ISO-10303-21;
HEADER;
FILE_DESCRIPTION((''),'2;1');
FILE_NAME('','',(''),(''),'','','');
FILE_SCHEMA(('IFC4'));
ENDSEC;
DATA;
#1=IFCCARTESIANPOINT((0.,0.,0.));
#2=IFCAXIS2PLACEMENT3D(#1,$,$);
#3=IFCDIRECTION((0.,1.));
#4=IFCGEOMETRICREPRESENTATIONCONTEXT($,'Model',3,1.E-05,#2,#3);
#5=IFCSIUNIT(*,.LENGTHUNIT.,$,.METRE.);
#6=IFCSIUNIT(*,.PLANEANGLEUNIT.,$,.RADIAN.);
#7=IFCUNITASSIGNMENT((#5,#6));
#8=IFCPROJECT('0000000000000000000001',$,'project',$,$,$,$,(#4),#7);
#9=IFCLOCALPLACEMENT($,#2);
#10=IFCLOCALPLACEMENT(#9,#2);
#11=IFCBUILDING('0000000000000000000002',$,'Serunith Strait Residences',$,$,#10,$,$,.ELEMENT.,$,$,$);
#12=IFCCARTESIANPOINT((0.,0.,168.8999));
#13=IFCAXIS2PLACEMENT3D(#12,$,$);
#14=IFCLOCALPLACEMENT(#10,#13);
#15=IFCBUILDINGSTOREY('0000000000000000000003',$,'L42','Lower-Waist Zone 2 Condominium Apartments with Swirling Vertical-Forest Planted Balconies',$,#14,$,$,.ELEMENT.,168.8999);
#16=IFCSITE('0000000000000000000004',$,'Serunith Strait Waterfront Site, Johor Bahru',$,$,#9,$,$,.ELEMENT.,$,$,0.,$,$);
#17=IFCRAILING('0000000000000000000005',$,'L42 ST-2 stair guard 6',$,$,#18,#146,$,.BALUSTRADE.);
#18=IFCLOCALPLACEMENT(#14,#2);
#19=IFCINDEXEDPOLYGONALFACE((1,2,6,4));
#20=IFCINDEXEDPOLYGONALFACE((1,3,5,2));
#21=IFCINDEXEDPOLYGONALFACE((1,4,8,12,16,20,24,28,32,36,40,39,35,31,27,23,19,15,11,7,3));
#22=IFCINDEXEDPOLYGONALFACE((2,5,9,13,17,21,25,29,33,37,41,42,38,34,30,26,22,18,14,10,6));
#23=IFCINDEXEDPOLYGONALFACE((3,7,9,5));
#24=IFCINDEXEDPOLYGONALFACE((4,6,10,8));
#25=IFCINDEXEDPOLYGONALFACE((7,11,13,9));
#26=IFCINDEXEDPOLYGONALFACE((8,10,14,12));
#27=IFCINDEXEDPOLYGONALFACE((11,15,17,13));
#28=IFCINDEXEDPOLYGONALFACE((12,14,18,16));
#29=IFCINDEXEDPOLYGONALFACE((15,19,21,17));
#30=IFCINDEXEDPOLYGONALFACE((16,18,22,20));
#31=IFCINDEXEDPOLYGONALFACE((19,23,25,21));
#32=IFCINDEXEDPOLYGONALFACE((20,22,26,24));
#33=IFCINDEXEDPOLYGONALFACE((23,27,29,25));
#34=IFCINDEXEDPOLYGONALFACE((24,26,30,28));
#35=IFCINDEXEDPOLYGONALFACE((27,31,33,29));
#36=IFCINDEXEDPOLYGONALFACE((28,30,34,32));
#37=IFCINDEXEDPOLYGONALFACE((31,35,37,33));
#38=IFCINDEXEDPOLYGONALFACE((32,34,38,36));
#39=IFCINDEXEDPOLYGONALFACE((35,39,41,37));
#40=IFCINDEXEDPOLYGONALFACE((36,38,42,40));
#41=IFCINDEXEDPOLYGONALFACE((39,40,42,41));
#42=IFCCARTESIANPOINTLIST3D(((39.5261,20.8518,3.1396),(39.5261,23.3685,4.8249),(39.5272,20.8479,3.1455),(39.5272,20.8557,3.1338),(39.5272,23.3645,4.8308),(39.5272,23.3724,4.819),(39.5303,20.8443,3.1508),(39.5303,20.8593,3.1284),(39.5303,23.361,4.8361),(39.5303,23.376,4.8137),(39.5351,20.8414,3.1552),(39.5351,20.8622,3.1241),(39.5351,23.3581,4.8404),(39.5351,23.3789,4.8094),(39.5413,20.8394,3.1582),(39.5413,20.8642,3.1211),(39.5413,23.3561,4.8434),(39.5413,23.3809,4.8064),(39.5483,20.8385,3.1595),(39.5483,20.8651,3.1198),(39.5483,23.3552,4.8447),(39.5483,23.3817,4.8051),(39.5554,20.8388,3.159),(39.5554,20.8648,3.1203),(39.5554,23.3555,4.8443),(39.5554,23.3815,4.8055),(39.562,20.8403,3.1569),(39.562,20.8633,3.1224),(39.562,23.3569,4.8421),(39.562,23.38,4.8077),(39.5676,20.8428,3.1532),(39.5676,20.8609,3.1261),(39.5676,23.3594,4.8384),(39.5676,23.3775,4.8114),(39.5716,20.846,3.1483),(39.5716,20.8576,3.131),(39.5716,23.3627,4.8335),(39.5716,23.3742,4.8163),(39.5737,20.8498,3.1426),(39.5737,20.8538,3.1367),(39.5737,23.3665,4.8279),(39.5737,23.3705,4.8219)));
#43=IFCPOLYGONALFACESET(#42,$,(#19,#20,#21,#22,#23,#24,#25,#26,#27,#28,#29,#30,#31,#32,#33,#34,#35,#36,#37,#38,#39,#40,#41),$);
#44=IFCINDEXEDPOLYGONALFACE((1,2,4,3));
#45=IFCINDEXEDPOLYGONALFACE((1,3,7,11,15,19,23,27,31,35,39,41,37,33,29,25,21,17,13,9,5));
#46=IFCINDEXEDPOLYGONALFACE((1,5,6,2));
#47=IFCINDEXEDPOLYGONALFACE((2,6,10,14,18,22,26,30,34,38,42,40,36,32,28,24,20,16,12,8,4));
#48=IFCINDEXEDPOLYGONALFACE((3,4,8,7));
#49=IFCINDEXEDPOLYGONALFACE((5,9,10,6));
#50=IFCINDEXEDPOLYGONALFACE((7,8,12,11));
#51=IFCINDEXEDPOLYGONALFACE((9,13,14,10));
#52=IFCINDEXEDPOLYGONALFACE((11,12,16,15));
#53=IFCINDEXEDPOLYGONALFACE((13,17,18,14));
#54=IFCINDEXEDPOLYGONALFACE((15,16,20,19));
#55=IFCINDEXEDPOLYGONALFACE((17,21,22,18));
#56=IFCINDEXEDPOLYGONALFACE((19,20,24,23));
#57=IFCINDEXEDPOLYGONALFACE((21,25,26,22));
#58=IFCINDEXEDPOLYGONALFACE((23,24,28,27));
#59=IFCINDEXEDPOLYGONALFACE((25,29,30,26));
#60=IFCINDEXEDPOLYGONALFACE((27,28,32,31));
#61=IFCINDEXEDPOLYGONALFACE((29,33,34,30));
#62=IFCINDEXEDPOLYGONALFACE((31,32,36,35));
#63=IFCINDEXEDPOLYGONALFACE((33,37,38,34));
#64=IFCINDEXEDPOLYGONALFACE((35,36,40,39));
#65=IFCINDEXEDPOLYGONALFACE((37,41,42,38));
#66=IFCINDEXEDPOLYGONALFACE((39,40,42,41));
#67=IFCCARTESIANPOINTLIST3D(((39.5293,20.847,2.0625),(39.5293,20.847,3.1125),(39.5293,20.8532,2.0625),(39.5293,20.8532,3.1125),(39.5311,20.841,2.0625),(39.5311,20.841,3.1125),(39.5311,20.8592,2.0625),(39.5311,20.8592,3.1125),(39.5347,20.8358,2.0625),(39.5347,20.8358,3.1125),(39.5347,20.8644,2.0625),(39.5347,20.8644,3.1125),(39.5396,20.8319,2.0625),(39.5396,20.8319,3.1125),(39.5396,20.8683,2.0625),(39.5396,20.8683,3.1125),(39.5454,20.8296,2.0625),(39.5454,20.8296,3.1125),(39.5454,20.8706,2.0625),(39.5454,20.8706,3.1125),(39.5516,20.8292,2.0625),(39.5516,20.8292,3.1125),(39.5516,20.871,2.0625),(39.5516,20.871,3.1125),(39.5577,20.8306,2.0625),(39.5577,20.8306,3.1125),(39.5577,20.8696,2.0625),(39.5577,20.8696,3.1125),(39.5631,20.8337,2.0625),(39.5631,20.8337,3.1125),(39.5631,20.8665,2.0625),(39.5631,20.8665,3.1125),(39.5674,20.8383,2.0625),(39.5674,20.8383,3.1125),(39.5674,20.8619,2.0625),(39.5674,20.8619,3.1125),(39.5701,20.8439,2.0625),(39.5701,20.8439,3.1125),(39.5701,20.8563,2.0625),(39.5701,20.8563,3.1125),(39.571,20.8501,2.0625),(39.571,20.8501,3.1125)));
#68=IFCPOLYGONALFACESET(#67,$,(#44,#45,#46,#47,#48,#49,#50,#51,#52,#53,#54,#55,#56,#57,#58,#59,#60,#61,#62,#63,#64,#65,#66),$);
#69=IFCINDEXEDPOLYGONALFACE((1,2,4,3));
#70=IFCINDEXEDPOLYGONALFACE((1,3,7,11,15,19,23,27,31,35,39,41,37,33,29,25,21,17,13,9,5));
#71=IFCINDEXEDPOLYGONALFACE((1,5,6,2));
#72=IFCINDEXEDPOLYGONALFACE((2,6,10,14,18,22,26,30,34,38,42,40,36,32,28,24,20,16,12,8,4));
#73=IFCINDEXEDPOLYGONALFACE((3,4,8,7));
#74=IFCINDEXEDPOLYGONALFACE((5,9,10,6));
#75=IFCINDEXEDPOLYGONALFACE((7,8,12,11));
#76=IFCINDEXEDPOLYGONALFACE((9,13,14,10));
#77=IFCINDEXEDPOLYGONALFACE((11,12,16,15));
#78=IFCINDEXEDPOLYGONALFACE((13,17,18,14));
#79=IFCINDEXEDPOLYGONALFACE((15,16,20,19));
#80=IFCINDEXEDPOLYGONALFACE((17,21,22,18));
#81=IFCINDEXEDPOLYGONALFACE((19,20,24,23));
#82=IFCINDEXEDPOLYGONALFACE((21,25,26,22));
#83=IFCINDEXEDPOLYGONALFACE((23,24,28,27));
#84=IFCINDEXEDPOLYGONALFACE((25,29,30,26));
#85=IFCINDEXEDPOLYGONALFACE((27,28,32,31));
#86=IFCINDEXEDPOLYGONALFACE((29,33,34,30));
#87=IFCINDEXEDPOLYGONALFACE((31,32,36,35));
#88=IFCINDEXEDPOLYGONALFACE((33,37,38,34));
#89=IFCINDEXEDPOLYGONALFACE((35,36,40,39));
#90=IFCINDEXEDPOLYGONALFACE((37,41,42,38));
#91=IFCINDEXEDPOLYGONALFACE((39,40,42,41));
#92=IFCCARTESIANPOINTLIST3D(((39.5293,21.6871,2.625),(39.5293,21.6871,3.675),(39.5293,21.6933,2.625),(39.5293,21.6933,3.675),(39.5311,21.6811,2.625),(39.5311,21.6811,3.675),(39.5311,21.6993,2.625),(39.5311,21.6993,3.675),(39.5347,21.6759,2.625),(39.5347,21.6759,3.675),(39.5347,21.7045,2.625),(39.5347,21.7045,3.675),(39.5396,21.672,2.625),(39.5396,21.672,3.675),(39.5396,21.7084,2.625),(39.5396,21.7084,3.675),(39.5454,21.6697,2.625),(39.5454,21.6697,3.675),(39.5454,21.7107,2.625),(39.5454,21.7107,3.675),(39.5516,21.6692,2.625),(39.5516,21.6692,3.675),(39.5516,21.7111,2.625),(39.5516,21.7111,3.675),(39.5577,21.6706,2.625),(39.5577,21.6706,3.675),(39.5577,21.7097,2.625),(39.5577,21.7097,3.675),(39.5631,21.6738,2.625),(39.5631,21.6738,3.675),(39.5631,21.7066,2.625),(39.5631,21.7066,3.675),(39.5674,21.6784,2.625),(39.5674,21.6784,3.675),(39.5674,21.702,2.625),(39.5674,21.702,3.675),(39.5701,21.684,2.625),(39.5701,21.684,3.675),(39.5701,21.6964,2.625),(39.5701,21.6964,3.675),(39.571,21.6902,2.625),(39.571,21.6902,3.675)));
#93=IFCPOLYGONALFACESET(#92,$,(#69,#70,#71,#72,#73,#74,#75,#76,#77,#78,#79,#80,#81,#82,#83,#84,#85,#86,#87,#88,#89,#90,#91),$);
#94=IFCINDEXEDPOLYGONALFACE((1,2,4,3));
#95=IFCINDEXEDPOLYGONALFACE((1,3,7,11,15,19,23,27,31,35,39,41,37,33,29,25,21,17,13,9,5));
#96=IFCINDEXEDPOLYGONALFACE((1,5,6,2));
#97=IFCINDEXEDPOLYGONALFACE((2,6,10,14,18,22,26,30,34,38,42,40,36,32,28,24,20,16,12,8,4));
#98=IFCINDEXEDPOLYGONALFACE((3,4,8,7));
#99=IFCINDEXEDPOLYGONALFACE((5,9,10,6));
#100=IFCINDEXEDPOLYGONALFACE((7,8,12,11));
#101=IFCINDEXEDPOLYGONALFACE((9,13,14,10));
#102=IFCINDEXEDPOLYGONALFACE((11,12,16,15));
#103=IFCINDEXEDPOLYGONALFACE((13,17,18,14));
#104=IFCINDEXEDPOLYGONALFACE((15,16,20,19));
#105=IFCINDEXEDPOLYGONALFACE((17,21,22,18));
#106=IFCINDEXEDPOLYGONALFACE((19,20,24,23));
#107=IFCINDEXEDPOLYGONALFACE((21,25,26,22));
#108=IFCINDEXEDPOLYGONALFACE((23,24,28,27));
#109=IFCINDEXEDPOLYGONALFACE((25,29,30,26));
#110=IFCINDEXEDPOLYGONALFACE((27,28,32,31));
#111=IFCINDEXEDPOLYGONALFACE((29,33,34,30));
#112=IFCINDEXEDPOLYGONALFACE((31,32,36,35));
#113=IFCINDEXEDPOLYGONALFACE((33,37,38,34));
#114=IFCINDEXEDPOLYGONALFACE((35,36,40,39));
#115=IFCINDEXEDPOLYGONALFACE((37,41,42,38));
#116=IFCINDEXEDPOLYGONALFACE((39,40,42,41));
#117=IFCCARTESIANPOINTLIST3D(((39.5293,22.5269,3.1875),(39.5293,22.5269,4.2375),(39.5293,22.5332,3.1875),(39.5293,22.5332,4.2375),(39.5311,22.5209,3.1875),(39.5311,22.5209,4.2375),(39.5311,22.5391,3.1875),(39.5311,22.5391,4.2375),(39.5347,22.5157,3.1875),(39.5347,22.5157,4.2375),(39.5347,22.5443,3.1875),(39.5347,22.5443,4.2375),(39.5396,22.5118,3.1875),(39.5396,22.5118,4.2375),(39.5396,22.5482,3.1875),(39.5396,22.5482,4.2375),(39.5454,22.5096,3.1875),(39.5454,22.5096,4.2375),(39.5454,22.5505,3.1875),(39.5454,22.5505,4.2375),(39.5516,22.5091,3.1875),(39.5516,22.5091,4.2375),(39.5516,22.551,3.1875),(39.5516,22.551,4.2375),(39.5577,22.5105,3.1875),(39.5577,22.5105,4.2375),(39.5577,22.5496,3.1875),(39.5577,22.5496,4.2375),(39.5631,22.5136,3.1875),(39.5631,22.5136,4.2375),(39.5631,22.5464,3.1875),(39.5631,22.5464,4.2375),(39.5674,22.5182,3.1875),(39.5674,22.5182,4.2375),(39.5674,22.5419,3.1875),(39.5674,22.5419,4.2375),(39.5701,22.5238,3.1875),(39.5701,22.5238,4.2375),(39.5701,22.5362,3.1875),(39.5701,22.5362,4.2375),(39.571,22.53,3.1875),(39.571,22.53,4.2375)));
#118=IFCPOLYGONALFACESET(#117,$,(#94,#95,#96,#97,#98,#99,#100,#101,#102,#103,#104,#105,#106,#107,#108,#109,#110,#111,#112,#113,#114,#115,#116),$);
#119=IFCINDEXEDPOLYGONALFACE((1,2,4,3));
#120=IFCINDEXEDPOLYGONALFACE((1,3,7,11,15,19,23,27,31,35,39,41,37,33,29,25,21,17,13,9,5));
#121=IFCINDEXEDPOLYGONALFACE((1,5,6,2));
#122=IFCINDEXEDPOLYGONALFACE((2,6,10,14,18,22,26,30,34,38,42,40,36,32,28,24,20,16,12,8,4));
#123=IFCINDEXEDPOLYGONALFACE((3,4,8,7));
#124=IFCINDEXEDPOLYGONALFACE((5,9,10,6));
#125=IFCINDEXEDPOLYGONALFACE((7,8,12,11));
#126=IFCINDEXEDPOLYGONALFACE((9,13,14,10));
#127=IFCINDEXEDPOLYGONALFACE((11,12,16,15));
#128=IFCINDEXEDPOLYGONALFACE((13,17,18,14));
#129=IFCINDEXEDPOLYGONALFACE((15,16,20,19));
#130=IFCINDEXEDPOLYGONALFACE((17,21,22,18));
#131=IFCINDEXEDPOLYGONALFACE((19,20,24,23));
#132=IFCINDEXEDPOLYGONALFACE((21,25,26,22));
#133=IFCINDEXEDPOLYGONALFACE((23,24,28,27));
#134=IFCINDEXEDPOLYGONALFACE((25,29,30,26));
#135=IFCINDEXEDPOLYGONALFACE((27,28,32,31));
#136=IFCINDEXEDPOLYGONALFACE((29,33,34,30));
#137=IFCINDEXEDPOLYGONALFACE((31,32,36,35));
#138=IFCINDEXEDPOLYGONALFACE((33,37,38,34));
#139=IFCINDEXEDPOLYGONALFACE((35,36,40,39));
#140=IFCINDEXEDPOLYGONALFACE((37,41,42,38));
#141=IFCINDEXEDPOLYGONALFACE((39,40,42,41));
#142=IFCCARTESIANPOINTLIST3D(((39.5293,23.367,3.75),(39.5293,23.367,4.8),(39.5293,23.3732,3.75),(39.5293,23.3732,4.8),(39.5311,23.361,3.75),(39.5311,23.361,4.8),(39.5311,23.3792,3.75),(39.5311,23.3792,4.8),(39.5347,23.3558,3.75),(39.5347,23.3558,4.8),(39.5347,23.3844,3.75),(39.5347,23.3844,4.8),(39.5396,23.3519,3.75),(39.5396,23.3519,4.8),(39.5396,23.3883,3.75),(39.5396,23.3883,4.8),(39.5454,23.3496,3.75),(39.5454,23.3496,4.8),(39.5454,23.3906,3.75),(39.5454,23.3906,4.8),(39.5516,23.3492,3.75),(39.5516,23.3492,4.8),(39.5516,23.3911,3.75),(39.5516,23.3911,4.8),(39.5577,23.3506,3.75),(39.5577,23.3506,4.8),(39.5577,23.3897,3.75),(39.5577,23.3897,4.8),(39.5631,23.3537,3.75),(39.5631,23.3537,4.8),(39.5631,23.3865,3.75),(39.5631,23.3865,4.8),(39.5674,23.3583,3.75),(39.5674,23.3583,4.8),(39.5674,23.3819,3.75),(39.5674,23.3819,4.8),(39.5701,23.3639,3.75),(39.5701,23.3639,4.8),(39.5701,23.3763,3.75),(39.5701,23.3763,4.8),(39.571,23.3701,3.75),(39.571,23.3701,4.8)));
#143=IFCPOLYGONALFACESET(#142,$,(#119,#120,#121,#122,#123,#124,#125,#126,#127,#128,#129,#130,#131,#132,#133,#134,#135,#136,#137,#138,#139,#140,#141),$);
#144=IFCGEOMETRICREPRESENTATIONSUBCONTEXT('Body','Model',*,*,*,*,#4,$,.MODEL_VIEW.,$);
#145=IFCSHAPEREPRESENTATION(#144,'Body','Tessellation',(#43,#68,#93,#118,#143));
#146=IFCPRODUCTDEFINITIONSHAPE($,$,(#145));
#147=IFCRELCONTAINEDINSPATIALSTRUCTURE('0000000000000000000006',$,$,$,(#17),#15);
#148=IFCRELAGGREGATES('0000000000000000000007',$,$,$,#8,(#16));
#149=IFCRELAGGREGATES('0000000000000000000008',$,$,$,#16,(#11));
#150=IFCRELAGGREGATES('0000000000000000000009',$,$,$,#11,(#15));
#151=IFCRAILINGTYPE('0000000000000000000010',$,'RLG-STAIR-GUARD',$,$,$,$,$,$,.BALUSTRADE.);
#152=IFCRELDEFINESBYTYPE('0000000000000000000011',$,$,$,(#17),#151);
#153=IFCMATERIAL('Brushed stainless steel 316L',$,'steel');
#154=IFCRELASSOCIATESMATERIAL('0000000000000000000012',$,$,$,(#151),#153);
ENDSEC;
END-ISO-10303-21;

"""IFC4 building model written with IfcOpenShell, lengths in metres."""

from ifc_helpers import new_model, si_unit, direction, frame, origin, origin_2d, place, context, subcontext, project, spatial, circle, extrude, material, type_object, element, save


model = new_model("IFC4")

# Units and contexts
model_context = context("Model", 3, precision=1e-05, world=origin(), true_north=direction((0.0, 1.0)))
body_context = subcontext(model_context, "Body", "Model", "MODEL_VIEW")
ifc_project = project(units=[si_unit("LENGTHUNIT", "METRE"), si_unit("PLANEANGLEUNIT", "RADIAN")], contexts=[model_context])

# Site, building, storey
site_placement = place(None, origin())
site = spatial("IfcSite", under=ifc_project, at=site_placement, Name="Serunith Strait Waterfront Site, Johor Bahru", CompositionType="ELEMENT", RefElevation=0.0)
building_placement = place(site_placement, origin())
building = spatial("IfcBuilding", under=site, at=building_placement, Name="Serunith Strait Residences", CompositionType="ELEMENT")
storey_placement = place(building_placement, frame((0.0, 0.0, 168.8999)))
storey = spatial("IfcBuildingStorey", under=building, at=storey_placement, Name="L42", Description="Lower-Waist Zone 2 Condominium Apartments with Swirling Vertical-Forest Planted Balconies", CompositionType="ELEMENT", Elevation=168.8999)

# Railing
ifc_material_1 = material(Name="Brushed stainless steel 316L", Category="steel")
railing_type_1 = type_object("IfcRailingType", Name="RLG-STAIR-GUARD", PredefinedType="BALUSTRADE", material=ifc_material_1)
railing_1_placement = place(storey_placement, frame((39.55, 20.8501, 2.0625)))
element("IfcRailing", 1, at=railing_1_placement, inside=storey, type_object=railing_type_1, Name="L42 ST-2 stair guard 6", PredefinedType="BALUSTRADE", context=body_context, shape_type="SweptSolid", body=[
    extrude(circle(Radius=0.0239, at=origin_2d()), frame((0.0, 0.0017, 1.0771), z_axis=(0.0, 0.830909, 0.556408), x_axis=(-1.0, 0.0, 0.0)), (0.0, 0.0, 1.0), 3.0288),
    extrude(circle(Radius=0.021, at=origin_2d()), origin(), (0.0, 0.0, 1.0), 1.05),
    extrude(circle(Radius=0.021, at=origin_2d()), frame((0.0, 0.8401, 0.5625)), (0.0, 0.0, 1.0), 1.05),
    extrude(circle(Radius=0.021, at=origin_2d()), frame((0.0, 1.6799, 1.125)), (0.0, 0.0, 1.0), 1.05),
    extrude(circle(Radius=0.021, at=origin_2d()), frame((0.0, 2.52, 1.6875)), (0.0, 0.0, 1.0), 1.05),
])

save(model, "model.ifc")
